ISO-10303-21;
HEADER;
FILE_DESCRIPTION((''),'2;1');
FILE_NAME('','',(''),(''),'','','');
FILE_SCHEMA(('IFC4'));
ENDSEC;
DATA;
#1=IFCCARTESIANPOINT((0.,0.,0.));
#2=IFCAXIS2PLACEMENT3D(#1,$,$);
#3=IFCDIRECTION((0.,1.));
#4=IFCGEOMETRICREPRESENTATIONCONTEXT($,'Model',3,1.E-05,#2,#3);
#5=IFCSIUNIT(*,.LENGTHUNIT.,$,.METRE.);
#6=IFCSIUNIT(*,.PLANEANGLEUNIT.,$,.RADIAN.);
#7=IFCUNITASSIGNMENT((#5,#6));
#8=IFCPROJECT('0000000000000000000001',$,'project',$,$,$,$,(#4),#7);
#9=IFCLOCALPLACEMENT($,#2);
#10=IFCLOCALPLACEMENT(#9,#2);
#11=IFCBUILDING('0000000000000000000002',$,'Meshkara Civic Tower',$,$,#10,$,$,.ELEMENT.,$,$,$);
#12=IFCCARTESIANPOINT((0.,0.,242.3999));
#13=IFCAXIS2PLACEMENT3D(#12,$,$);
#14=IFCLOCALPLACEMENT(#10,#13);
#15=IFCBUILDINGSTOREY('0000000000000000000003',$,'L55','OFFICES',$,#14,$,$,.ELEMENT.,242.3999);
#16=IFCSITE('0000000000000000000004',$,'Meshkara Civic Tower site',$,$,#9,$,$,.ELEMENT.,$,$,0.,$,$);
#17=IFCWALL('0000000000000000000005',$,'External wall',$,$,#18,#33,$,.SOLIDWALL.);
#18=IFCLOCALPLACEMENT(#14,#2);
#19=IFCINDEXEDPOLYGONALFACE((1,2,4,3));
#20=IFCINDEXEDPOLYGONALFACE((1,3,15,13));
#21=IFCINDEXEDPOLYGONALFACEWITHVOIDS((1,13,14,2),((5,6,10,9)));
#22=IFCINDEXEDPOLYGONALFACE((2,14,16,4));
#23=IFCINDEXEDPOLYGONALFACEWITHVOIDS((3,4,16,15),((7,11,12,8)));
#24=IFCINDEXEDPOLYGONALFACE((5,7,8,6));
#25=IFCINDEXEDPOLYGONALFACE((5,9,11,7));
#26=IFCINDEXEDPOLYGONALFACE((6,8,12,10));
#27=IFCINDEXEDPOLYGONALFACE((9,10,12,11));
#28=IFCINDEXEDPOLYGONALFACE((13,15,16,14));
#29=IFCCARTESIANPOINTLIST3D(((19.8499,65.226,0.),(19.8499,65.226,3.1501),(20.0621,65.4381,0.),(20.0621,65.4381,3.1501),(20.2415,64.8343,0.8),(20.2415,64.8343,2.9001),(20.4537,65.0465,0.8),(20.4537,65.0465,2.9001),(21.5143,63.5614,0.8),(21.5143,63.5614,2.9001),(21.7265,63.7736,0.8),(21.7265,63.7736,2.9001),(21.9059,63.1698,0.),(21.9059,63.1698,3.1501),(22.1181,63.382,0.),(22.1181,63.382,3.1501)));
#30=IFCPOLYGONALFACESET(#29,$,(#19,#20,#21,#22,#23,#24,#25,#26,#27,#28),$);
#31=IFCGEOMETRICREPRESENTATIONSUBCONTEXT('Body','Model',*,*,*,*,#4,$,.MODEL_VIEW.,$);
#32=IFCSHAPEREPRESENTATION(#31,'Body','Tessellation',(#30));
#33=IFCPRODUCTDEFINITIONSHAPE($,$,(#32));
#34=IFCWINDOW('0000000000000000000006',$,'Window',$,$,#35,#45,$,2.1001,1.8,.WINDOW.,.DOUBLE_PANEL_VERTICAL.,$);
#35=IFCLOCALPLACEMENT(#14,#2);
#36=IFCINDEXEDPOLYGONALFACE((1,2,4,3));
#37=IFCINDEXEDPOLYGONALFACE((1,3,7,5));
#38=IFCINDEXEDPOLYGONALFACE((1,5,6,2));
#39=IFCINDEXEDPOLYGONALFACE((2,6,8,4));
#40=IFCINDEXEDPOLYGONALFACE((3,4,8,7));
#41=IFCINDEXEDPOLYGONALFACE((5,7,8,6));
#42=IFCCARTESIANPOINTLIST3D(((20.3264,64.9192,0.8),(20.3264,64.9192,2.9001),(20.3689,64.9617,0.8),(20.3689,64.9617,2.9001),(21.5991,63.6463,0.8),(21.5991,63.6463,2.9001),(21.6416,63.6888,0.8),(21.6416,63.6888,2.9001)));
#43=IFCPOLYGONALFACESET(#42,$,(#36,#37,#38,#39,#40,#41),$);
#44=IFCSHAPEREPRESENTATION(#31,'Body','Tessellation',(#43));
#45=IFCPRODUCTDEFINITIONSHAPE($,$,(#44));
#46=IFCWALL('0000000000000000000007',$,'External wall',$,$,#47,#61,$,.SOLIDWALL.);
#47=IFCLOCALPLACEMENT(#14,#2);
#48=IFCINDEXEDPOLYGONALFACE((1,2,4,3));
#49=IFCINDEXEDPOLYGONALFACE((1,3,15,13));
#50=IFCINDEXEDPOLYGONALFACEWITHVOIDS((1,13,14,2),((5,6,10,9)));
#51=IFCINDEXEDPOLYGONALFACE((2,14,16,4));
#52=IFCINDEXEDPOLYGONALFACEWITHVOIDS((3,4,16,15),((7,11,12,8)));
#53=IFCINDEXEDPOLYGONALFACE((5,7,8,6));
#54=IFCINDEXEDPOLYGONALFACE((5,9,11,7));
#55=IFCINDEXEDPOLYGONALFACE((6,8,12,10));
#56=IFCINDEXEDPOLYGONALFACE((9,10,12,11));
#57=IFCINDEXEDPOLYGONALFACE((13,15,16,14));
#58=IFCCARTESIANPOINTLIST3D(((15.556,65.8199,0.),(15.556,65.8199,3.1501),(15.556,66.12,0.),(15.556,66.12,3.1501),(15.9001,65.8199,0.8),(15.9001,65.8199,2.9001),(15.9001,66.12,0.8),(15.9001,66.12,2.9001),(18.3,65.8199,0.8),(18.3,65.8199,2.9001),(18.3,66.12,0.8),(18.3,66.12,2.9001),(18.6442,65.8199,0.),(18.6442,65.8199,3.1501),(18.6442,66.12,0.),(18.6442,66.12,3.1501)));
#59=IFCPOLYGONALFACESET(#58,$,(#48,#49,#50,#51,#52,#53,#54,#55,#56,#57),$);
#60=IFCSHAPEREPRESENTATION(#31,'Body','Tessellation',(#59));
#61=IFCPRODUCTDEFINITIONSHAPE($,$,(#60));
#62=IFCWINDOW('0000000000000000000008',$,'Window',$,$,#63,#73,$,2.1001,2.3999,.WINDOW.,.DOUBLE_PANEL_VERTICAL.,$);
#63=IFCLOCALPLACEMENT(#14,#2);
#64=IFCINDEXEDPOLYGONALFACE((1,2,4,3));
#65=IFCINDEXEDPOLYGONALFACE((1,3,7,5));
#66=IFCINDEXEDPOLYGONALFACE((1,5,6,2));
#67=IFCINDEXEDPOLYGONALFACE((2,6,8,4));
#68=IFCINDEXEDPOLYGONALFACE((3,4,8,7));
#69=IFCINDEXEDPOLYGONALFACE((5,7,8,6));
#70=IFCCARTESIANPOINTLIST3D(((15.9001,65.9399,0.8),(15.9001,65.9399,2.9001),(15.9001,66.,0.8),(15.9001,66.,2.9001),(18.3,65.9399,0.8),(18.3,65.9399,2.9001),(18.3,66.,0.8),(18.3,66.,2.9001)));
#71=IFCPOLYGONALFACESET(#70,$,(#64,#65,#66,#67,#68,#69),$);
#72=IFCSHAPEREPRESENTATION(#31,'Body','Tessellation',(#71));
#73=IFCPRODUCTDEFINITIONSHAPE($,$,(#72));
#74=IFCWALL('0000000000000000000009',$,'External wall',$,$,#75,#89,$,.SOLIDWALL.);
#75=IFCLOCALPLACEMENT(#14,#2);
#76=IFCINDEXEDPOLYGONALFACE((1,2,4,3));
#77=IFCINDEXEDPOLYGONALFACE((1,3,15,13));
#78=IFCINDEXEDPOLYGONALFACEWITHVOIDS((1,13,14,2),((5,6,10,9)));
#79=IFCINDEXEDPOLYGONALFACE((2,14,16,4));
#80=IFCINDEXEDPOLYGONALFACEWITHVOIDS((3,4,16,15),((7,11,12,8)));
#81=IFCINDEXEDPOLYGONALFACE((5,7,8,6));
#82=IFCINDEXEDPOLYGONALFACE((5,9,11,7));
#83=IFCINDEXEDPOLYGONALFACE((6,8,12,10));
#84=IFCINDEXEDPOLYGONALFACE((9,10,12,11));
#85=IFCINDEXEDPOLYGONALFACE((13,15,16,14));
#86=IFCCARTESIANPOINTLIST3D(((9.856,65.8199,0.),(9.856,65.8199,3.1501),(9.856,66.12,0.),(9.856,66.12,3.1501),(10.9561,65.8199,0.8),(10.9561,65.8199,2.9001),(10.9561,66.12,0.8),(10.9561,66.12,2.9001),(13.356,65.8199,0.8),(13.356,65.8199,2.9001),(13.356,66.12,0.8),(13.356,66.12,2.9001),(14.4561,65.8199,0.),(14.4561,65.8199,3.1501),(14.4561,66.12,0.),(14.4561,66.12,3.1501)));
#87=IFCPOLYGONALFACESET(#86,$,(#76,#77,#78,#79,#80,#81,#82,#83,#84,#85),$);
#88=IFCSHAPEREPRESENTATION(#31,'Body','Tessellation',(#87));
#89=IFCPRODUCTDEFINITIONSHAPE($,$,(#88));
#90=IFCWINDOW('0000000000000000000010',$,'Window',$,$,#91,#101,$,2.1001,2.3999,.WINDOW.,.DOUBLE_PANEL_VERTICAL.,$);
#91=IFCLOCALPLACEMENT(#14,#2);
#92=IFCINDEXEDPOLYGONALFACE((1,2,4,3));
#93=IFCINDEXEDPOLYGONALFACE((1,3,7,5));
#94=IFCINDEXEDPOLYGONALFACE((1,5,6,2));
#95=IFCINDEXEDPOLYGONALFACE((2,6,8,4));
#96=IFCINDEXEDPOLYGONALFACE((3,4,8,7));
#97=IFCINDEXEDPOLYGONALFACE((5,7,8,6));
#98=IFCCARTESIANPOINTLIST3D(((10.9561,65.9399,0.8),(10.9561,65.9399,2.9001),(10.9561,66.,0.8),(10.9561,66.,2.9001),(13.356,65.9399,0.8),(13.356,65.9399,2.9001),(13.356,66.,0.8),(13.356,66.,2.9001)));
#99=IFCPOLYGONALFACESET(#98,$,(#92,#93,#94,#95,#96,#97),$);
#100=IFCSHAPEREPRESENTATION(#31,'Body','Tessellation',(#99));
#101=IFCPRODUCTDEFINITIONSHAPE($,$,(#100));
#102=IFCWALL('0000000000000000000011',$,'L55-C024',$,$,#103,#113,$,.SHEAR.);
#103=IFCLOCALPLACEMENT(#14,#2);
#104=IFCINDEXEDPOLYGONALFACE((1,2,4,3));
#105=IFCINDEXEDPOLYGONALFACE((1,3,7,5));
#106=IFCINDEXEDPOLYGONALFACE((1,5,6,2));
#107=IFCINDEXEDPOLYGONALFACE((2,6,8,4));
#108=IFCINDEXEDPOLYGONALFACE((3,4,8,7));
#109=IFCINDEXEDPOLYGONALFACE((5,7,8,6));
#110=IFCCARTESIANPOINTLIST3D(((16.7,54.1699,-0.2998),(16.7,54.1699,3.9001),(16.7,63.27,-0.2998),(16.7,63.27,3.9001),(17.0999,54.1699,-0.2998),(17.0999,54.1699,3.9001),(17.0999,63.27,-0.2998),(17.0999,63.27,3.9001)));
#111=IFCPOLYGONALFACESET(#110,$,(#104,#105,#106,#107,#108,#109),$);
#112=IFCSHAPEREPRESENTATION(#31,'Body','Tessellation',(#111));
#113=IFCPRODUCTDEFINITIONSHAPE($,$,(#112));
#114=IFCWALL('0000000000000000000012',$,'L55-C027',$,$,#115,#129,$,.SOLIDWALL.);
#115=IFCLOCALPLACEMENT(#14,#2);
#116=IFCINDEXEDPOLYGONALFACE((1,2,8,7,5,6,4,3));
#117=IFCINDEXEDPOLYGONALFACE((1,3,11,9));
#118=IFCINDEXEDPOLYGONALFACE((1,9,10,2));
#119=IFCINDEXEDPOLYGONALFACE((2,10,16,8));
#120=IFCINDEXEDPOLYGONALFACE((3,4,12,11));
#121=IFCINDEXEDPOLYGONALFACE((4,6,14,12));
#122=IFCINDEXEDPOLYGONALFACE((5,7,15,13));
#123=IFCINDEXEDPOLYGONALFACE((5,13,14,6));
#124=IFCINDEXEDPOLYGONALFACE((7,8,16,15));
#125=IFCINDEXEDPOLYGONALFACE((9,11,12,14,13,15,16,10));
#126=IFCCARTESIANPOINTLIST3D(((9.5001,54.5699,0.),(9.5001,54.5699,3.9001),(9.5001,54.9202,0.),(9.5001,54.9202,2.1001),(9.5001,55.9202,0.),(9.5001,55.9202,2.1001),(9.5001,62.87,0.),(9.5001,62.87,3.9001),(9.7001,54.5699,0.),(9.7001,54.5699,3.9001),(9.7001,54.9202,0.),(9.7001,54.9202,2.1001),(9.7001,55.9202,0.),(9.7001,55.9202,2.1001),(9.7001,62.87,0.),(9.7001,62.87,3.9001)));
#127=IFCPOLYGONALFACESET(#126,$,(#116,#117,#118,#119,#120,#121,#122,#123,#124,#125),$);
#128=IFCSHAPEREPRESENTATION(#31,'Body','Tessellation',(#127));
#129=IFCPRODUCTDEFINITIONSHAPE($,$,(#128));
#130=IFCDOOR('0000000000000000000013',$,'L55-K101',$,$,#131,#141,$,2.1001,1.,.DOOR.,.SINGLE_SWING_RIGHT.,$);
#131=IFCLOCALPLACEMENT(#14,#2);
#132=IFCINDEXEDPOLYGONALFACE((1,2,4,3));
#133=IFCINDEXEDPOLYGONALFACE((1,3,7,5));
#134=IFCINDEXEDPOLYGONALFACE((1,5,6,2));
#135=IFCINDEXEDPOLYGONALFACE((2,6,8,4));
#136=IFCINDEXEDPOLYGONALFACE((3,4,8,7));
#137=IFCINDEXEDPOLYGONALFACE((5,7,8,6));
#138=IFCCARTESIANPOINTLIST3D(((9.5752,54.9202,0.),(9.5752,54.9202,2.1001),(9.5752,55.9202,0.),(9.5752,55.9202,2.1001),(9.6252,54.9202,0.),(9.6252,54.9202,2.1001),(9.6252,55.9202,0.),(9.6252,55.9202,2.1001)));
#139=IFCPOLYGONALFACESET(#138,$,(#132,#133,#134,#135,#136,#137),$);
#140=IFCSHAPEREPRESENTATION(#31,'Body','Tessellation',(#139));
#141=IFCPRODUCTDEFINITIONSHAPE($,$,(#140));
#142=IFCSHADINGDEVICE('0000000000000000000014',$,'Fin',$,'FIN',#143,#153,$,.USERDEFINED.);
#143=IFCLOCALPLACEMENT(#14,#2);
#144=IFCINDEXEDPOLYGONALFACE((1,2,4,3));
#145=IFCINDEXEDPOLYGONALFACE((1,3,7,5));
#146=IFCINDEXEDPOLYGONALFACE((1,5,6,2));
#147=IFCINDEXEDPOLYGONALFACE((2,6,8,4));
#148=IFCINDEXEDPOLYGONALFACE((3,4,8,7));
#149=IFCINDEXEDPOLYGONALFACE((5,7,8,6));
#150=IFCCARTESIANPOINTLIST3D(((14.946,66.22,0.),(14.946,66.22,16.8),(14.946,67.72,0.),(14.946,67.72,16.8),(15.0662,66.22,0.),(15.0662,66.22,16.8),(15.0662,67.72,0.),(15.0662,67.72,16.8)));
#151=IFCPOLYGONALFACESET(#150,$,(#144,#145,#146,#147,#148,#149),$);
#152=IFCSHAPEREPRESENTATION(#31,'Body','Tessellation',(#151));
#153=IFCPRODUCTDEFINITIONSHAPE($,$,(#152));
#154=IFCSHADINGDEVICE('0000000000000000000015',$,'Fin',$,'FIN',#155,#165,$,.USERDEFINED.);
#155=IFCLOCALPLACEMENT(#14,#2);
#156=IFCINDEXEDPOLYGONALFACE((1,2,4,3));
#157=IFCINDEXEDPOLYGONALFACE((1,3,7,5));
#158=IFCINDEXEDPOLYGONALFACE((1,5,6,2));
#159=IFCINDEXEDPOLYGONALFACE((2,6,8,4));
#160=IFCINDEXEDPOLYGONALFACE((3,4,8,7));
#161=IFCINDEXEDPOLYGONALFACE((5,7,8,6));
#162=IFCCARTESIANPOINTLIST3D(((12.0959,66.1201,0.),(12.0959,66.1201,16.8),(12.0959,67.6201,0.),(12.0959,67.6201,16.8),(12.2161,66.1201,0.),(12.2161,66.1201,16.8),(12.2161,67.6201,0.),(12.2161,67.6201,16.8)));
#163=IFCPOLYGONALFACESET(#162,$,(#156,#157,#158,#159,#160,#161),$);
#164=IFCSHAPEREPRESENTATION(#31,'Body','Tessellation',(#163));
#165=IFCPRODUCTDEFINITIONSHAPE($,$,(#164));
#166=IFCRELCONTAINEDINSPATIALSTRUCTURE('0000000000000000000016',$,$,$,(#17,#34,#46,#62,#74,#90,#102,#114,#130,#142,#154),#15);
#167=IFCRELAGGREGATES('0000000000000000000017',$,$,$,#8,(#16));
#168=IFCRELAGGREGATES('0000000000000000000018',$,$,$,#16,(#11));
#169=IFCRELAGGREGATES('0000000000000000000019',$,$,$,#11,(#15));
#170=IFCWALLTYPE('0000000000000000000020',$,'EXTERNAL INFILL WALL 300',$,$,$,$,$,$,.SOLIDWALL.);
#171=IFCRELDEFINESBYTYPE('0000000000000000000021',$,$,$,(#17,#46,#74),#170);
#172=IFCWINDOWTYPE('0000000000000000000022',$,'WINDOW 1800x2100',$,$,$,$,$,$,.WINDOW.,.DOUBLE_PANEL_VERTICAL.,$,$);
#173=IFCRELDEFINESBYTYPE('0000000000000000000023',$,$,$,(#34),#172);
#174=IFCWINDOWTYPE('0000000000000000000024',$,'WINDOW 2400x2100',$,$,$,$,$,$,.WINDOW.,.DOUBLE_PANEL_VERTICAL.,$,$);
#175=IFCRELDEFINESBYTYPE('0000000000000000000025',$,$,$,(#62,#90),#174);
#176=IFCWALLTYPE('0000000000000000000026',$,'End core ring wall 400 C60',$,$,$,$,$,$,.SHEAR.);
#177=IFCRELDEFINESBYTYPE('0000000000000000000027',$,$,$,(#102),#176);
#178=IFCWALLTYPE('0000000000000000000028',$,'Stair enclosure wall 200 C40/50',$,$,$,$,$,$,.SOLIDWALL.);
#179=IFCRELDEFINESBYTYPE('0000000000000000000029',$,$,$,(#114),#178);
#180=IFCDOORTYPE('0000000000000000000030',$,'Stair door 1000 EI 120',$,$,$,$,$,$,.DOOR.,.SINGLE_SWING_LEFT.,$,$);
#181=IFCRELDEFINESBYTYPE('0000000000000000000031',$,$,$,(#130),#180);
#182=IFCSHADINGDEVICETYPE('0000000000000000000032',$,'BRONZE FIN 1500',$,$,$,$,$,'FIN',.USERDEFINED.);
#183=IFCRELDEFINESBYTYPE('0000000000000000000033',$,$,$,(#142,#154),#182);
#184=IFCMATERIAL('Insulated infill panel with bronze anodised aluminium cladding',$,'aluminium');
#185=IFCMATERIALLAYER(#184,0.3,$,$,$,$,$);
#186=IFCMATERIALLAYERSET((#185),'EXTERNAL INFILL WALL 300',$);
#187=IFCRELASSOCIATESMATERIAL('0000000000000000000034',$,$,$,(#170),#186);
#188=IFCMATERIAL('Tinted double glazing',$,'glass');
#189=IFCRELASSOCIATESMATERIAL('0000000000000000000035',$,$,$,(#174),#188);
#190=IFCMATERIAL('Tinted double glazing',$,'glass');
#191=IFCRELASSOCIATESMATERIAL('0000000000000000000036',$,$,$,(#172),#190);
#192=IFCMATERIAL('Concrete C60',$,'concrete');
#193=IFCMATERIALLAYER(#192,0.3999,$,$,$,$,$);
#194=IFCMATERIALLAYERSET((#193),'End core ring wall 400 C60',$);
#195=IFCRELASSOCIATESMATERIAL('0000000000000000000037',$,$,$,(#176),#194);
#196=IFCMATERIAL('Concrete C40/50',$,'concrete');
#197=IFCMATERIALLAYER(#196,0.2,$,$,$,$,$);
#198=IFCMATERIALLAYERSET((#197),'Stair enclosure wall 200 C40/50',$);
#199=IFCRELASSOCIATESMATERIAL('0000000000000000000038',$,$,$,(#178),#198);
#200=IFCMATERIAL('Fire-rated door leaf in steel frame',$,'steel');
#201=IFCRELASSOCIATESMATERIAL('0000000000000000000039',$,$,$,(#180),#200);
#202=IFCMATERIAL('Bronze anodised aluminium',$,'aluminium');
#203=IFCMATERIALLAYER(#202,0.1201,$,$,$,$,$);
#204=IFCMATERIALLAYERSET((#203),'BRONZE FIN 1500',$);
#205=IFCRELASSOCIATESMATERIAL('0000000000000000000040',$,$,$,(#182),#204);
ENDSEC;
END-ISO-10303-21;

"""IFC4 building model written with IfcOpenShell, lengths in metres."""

from ifc_helpers import new_model, si_unit, direction, frame, frame_2d, origin, origin_2d, place, context, subcontext, project, spatial, rectangle, extrude, material, layer, layer_set, type_object, element, fill, save


model = new_model("IFC4")

# Units and contexts
model_context = context("Model", 3, precision=1e-05, world=origin(), true_north=direction((0.0, 1.0)))
body_context = subcontext(model_context, "Body", "Model", "MODEL_VIEW")
ifc_project = project(units=[si_unit("LENGTHUNIT", "METRE"), si_unit("PLANEANGLEUNIT", "RADIAN")], contexts=[model_context])

# Site, building, storey
site_placement = place(None, origin())
site = spatial("IfcSite", under=ifc_project, at=site_placement, Name="Meshkara Civic Tower site", CompositionType="ELEMENT", RefElevation=0.0)
building_placement = place(site_placement, origin())
building = spatial("IfcBuilding", under=site, at=building_placement, Name="Meshkara Civic Tower", CompositionType="ELEMENT")
storey_placement = place(building_placement, frame((0.0, 0.0, 242.3999)))
storey = spatial("IfcBuildingStorey", under=building, at=storey_placement, Name="L55", Description="OFFICES", CompositionType="ELEMENT", Elevation=242.3999)

# Walls, openings, windows
ifc_material_1 = material(Name="Insulated infill panel with bronze anodised aluminium cladding", Category="aluminium")
ifc_layer_1 = layer(ifc_material_1, 0.3)
ifc_layer_set_1 = layer_set([ifc_layer_1], Name="EXTERNAL INFILL WALL 300")
wall_type_1 = type_object("IfcWallType", Name="EXTERNAL INFILL WALL 300", PredefinedType="SOLIDWALL", material=ifc_layer_set_1)
ifc_material_2 = material(Name="Tinted double glazing", Category="glass")
window_type_1 = type_object("IfcWindowType", Name="WINDOW 2400x2100", PartitioningType="DOUBLE_PANEL_VERTICAL", PredefinedType="WINDOW", material=ifc_material_2)
wall_1_placement = place(storey_placement, frame((22.012, 63.2759, 0.0), z_axis=(0.0, 0.0, 1.0), x_axis=(-0.707065, 0.707149, 0.0)))
wall_1 = element("IfcWall", 1, at=wall_1_placement, inside=storey, type_object=wall_type_1, Name="External wall", PredefinedType="SOLIDWALL", context=body_context, shape_type="SweptSolid", body=[
    extrude(rectangle(XDim=2.9077, YDim=0.3, at=frame_2d((1.4539, 0.0))), origin(), (0.0, 0.0, 1.0), 3.1501),
])
opening_1_placement = place(wall_1_placement, frame((0.554, 0.0, 0.8)))
opening_1 = element("IfcOpeningElement", 2, at=opening_1_placement, cuts=wall_1, PredefinedType="OPENING", context=body_context, shape_type="SweptSolid", body=[
    extrude(rectangle(XDim=1.8, YDim=2.1001, at=frame_2d((0.8999, 1.05))), frame((0.0, 0.1599, 0.0), z_axis=(0.0, -1.0, 0.0), x_axis=(1.0, 0.0, 0.0)), (0.0, 0.0, 1.0), 0.3201),
])
ifc_material_3 = material(Name="Tinted double glazing", Category="glass")
window_type_2 = type_object("IfcWindowType", Name="WINDOW 1800x2100", PartitioningType="DOUBLE_PANEL_VERTICAL", PredefinedType="WINDOW", material=ifc_material_3)
window_1_placement = place(opening_1_placement, origin())
window_1 = element("IfcWindow", 3, at=window_1_placement, inside=storey, type_object=window_type_2, Name="Window", OverallHeight=2.1001, OverallWidth=1.8, PartitioningType="DOUBLE_PANEL_VERTICAL", PredefinedType="WINDOW", context=body_context, shape_type="SweptSolid", body=[
    extrude(rectangle(XDim=1.8, YDim=2.1001, at=frame_2d((0.8999, 1.05))), frame((0.0, 0.03, 0.0), z_axis=(0.0, -1.0, 0.0), x_axis=(1.0, 0.0, 0.0)), (0.0, 0.0, 1.0), 0.0601),
])
fill(opening_1, window_1)
wall_2_placement = place(storey_placement, frame((18.644, 65.97, 0.0), z_axis=(0.0, 0.0, 1.0), x_axis=(-1.0, 0.0, 0.0)))
wall_2 = element("IfcWall", 4, at=wall_2_placement, inside=storey, type_object=wall_type_1, Name="External wall", PredefinedType="SOLIDWALL", context=body_context, shape_type="SweptSolid", body=[
    extrude(rectangle(XDim=3.0881, YDim=0.3, at=frame_2d((1.5439, 0.0))), origin(), (0.0, 0.0, 1.0), 3.1501),
])
opening_2_placement = place(wall_2_placement, frame((0.344, 0.0, 0.8)))
opening_2 = element("IfcOpeningElement", 5, at=opening_2_placement, cuts=wall_2, PredefinedType="OPENING", context=body_context, shape_type="SweptSolid", body=[
    extrude(rectangle(XDim=2.3999, YDim=2.1001, at=frame_2d((1.2, 1.05))), frame((0.0, 0.1599, 0.0), z_axis=(0.0, -1.0, 0.0), x_axis=(1.0, 0.0, 0.0)), (0.0, 0.0, 1.0), 0.3201),
])
window_2_placement = place(opening_2_placement, origin())
window_2 = element("IfcWindow", 6, at=window_2_placement, inside=storey, type_object=window_type_1, Name="Window", OverallHeight=2.1001, OverallWidth=2.3999, PartitioningType="DOUBLE_PANEL_VERTICAL", PredefinedType="WINDOW", context=body_context, shape_type="SweptSolid", body=[
    extrude(rectangle(XDim=2.3999, YDim=2.1001, at=frame_2d((1.2, 1.05))), frame((0.0, 0.03, 0.0), z_axis=(0.0, -1.0, 0.0), x_axis=(1.0, 0.0, 0.0)), (0.0, 0.0, 1.0), 0.0601),
])
fill(opening_2, window_2)
wall_3_placement = place(storey_placement, frame((14.4561, 65.97, 0.0), z_axis=(0.0, 0.0, 1.0), x_axis=(-1.0, 0.0, 0.0)))
wall_3 = element("IfcWall", 7, at=wall_3_placement, inside=storey, type_object=wall_type_1, Name="External wall", PredefinedType="SOLIDWALL", context=body_context, shape_type="SweptSolid", body=[
    extrude(rectangle(XDim=4.6001, YDim=0.3, at=frame_2d((2.3, 0.0))), origin(), (0.0, 0.0, 1.0), 3.1501),
])
opening_3_placement = place(wall_3_placement, frame((1.1001, 0.0, 0.8)))
opening_3 = element("IfcOpeningElement", 8, at=opening_3_placement, cuts=wall_3, PredefinedType="OPENING", context=body_context, shape_type="SweptSolid", body=[
    extrude(rectangle(XDim=2.3999, YDim=2.1001, at=frame_2d((1.2, 1.05))), frame((0.0, 0.1599, 0.0), z_axis=(0.0, -1.0, 0.0), x_axis=(1.0, 0.0, 0.0)), (0.0, 0.0, 1.0), 0.3201),
])
window_3_placement = place(opening_3_placement, origin())
window_3 = element("IfcWindow", 9, at=window_3_placement, inside=storey, type_object=window_type_1, Name="Window", OverallHeight=2.1001, OverallWidth=2.3999, PartitioningType="DOUBLE_PANEL_VERTICAL", PredefinedType="WINDOW", context=body_context, shape_type="SweptSolid", body=[
    extrude(rectangle(XDim=2.3999, YDim=2.1001, at=frame_2d((1.2, 1.05))), frame((0.0, 0.03, 0.0), z_axis=(0.0, -1.0, 0.0), x_axis=(1.0, 0.0, 0.0)), (0.0, 0.0, 1.0), 0.0601),
])
fill(opening_3, window_3)

# Wall
ifc_material_4 = material(Name="Concrete C60", Category="concrete")
ifc_layer_2 = layer(ifc_material_4, 0.3999)
ifc_layer_set_2 = layer_set([ifc_layer_2], Name="End core ring wall 400 C60")
wall_type_2 = type_object("IfcWallType", Name="End core ring wall 400 C60", PredefinedType="SHEAR", material=ifc_layer_set_2)
wall_4_placement = place(storey_placement, frame((16.8999, 54.1699, -0.2998), z_axis=(0.0, 0.0, 1.0), x_axis=(0.0, 1.0, 0.0)))
element("IfcWall", 10, at=wall_4_placement, inside=storey, type_object=wall_type_2, Name="L55-C024", PredefinedType="SHEAR", context=body_context, shape_type="SweptSolid", body=[
    extrude(rectangle(XDim=9.1001, YDim=0.3999, at=frame_2d((4.55, 0.0))), origin(), (0.0, 0.0, 1.0), 4.2),
])

# Wall, opening, door
ifc_material_5 = material(Name="Concrete C40/50", Category="concrete")
ifc_layer_3 = layer(ifc_material_5, 0.2)
ifc_layer_set_3 = layer_set([ifc_layer_3], Name="Stair enclosure wall 200 C40/50")
wall_type_3 = type_object("IfcWallType", Name="Stair enclosure wall 200 C40/50", PredefinedType="SOLIDWALL", material=ifc_layer_set_3)
wall_5_placement = place(storey_placement, frame((9.6001, 54.5701, 0.0), z_axis=(0.0, 0.0, 1.0), x_axis=(0.0, 1.0, 0.0)))
wall_5 = element("IfcWall", 11, at=wall_5_placement, inside=storey, type_object=wall_type_3, Name="L55-C027", PredefinedType="SOLIDWALL", context=body_context, shape_type="SweptSolid", body=[
    extrude(rectangle(XDim=8.3, YDim=0.2, at=frame_2d((4.1499, 0.0))), origin(), (0.0, 0.0, 1.0), 3.9001),
])
opening_4_placement = place(wall_5_placement, frame((0.3501, 0.0, 0.0)))
opening_4 = element("IfcOpeningElement", 12, at=opening_4_placement, cuts=wall_5, PredefinedType="OPENING", context=body_context, shape_type="SweptSolid", body=[
    extrude(rectangle(XDim=1.0, YDim=2.1001, at=frame_2d((0.5, 1.05))), frame((0.0, 0.1099, 0.0), z_axis=(0.0, -1.0, 0.0), x_axis=(1.0, 0.0, 0.0)), (0.0, 0.0, 1.0), 0.22),
])
ifc_material_6 = material(Name="Fire-rated door leaf in steel frame", Category="steel")
door_type = type_object("IfcDoorType", Name="Stair door 1000 EI 120", OperationType="SINGLE_SWING_LEFT", PredefinedType="DOOR", material=ifc_material_6)
door_placement = place(opening_4_placement, origin())
door = element("IfcDoor", 13, at=door_placement, inside=storey, type_object=door_type, Name="L55-K101", OperationType="SINGLE_SWING_RIGHT", OverallHeight=2.1001, OverallWidth=1.0, PredefinedType="DOOR", context=body_context, shape_type="SweptSolid", body=[
    extrude(rectangle(XDim=1.0, YDim=2.1001, at=frame_2d((0.5, 1.05))), frame((0.0, 0.0249, 0.0), z_axis=(0.0, -1.0, 0.0), x_axis=(1.0, 0.0, 0.0)), (0.0, 0.0, 1.0), 0.05),
])
fill(opening_4, door)

# Shading devices
ifc_material_7 = material(Name="Bronze anodised aluminium", Category="aluminium")
ifc_layer_4 = layer(ifc_material_7, 0.1201)
ifc_layer_set_4 = layer_set([ifc_layer_4], Name="BRONZE FIN 1500")
shading_device_type = type_object("IfcShadingDeviceType", Name="BRONZE FIN 1500", ElementType="FIN", PredefinedType="USERDEFINED", material=ifc_layer_set_4)
for number, where, z_axis, x_axis, name in (
    (14, (15.0061, 66.97, 0.0), (0.0, 0.0, 1.0), (-1.0, 0.0, 0.0), "Fin"),
    (15, (12.156, 66.8701, 0.0), (0.0, 0.0, 1.0), (-1.0, 0.0, 0.0), "Fin"),
):
    element("IfcShadingDevice", number, at=place(storey_placement, frame(where, z_axis=z_axis, x_axis=x_axis)), inside=storey, type_object=shading_device_type, Name=name, ObjectType="FIN", PredefinedType="USERDEFINED", context=body_context, shape_type="SweptSolid", body=[
        extrude(rectangle(XDim=0.1201, YDim=1.5, at=origin_2d()), origin(), (0.0, 0.0, 1.0), 16.8),
    ])

save(model, "model.ifc")
